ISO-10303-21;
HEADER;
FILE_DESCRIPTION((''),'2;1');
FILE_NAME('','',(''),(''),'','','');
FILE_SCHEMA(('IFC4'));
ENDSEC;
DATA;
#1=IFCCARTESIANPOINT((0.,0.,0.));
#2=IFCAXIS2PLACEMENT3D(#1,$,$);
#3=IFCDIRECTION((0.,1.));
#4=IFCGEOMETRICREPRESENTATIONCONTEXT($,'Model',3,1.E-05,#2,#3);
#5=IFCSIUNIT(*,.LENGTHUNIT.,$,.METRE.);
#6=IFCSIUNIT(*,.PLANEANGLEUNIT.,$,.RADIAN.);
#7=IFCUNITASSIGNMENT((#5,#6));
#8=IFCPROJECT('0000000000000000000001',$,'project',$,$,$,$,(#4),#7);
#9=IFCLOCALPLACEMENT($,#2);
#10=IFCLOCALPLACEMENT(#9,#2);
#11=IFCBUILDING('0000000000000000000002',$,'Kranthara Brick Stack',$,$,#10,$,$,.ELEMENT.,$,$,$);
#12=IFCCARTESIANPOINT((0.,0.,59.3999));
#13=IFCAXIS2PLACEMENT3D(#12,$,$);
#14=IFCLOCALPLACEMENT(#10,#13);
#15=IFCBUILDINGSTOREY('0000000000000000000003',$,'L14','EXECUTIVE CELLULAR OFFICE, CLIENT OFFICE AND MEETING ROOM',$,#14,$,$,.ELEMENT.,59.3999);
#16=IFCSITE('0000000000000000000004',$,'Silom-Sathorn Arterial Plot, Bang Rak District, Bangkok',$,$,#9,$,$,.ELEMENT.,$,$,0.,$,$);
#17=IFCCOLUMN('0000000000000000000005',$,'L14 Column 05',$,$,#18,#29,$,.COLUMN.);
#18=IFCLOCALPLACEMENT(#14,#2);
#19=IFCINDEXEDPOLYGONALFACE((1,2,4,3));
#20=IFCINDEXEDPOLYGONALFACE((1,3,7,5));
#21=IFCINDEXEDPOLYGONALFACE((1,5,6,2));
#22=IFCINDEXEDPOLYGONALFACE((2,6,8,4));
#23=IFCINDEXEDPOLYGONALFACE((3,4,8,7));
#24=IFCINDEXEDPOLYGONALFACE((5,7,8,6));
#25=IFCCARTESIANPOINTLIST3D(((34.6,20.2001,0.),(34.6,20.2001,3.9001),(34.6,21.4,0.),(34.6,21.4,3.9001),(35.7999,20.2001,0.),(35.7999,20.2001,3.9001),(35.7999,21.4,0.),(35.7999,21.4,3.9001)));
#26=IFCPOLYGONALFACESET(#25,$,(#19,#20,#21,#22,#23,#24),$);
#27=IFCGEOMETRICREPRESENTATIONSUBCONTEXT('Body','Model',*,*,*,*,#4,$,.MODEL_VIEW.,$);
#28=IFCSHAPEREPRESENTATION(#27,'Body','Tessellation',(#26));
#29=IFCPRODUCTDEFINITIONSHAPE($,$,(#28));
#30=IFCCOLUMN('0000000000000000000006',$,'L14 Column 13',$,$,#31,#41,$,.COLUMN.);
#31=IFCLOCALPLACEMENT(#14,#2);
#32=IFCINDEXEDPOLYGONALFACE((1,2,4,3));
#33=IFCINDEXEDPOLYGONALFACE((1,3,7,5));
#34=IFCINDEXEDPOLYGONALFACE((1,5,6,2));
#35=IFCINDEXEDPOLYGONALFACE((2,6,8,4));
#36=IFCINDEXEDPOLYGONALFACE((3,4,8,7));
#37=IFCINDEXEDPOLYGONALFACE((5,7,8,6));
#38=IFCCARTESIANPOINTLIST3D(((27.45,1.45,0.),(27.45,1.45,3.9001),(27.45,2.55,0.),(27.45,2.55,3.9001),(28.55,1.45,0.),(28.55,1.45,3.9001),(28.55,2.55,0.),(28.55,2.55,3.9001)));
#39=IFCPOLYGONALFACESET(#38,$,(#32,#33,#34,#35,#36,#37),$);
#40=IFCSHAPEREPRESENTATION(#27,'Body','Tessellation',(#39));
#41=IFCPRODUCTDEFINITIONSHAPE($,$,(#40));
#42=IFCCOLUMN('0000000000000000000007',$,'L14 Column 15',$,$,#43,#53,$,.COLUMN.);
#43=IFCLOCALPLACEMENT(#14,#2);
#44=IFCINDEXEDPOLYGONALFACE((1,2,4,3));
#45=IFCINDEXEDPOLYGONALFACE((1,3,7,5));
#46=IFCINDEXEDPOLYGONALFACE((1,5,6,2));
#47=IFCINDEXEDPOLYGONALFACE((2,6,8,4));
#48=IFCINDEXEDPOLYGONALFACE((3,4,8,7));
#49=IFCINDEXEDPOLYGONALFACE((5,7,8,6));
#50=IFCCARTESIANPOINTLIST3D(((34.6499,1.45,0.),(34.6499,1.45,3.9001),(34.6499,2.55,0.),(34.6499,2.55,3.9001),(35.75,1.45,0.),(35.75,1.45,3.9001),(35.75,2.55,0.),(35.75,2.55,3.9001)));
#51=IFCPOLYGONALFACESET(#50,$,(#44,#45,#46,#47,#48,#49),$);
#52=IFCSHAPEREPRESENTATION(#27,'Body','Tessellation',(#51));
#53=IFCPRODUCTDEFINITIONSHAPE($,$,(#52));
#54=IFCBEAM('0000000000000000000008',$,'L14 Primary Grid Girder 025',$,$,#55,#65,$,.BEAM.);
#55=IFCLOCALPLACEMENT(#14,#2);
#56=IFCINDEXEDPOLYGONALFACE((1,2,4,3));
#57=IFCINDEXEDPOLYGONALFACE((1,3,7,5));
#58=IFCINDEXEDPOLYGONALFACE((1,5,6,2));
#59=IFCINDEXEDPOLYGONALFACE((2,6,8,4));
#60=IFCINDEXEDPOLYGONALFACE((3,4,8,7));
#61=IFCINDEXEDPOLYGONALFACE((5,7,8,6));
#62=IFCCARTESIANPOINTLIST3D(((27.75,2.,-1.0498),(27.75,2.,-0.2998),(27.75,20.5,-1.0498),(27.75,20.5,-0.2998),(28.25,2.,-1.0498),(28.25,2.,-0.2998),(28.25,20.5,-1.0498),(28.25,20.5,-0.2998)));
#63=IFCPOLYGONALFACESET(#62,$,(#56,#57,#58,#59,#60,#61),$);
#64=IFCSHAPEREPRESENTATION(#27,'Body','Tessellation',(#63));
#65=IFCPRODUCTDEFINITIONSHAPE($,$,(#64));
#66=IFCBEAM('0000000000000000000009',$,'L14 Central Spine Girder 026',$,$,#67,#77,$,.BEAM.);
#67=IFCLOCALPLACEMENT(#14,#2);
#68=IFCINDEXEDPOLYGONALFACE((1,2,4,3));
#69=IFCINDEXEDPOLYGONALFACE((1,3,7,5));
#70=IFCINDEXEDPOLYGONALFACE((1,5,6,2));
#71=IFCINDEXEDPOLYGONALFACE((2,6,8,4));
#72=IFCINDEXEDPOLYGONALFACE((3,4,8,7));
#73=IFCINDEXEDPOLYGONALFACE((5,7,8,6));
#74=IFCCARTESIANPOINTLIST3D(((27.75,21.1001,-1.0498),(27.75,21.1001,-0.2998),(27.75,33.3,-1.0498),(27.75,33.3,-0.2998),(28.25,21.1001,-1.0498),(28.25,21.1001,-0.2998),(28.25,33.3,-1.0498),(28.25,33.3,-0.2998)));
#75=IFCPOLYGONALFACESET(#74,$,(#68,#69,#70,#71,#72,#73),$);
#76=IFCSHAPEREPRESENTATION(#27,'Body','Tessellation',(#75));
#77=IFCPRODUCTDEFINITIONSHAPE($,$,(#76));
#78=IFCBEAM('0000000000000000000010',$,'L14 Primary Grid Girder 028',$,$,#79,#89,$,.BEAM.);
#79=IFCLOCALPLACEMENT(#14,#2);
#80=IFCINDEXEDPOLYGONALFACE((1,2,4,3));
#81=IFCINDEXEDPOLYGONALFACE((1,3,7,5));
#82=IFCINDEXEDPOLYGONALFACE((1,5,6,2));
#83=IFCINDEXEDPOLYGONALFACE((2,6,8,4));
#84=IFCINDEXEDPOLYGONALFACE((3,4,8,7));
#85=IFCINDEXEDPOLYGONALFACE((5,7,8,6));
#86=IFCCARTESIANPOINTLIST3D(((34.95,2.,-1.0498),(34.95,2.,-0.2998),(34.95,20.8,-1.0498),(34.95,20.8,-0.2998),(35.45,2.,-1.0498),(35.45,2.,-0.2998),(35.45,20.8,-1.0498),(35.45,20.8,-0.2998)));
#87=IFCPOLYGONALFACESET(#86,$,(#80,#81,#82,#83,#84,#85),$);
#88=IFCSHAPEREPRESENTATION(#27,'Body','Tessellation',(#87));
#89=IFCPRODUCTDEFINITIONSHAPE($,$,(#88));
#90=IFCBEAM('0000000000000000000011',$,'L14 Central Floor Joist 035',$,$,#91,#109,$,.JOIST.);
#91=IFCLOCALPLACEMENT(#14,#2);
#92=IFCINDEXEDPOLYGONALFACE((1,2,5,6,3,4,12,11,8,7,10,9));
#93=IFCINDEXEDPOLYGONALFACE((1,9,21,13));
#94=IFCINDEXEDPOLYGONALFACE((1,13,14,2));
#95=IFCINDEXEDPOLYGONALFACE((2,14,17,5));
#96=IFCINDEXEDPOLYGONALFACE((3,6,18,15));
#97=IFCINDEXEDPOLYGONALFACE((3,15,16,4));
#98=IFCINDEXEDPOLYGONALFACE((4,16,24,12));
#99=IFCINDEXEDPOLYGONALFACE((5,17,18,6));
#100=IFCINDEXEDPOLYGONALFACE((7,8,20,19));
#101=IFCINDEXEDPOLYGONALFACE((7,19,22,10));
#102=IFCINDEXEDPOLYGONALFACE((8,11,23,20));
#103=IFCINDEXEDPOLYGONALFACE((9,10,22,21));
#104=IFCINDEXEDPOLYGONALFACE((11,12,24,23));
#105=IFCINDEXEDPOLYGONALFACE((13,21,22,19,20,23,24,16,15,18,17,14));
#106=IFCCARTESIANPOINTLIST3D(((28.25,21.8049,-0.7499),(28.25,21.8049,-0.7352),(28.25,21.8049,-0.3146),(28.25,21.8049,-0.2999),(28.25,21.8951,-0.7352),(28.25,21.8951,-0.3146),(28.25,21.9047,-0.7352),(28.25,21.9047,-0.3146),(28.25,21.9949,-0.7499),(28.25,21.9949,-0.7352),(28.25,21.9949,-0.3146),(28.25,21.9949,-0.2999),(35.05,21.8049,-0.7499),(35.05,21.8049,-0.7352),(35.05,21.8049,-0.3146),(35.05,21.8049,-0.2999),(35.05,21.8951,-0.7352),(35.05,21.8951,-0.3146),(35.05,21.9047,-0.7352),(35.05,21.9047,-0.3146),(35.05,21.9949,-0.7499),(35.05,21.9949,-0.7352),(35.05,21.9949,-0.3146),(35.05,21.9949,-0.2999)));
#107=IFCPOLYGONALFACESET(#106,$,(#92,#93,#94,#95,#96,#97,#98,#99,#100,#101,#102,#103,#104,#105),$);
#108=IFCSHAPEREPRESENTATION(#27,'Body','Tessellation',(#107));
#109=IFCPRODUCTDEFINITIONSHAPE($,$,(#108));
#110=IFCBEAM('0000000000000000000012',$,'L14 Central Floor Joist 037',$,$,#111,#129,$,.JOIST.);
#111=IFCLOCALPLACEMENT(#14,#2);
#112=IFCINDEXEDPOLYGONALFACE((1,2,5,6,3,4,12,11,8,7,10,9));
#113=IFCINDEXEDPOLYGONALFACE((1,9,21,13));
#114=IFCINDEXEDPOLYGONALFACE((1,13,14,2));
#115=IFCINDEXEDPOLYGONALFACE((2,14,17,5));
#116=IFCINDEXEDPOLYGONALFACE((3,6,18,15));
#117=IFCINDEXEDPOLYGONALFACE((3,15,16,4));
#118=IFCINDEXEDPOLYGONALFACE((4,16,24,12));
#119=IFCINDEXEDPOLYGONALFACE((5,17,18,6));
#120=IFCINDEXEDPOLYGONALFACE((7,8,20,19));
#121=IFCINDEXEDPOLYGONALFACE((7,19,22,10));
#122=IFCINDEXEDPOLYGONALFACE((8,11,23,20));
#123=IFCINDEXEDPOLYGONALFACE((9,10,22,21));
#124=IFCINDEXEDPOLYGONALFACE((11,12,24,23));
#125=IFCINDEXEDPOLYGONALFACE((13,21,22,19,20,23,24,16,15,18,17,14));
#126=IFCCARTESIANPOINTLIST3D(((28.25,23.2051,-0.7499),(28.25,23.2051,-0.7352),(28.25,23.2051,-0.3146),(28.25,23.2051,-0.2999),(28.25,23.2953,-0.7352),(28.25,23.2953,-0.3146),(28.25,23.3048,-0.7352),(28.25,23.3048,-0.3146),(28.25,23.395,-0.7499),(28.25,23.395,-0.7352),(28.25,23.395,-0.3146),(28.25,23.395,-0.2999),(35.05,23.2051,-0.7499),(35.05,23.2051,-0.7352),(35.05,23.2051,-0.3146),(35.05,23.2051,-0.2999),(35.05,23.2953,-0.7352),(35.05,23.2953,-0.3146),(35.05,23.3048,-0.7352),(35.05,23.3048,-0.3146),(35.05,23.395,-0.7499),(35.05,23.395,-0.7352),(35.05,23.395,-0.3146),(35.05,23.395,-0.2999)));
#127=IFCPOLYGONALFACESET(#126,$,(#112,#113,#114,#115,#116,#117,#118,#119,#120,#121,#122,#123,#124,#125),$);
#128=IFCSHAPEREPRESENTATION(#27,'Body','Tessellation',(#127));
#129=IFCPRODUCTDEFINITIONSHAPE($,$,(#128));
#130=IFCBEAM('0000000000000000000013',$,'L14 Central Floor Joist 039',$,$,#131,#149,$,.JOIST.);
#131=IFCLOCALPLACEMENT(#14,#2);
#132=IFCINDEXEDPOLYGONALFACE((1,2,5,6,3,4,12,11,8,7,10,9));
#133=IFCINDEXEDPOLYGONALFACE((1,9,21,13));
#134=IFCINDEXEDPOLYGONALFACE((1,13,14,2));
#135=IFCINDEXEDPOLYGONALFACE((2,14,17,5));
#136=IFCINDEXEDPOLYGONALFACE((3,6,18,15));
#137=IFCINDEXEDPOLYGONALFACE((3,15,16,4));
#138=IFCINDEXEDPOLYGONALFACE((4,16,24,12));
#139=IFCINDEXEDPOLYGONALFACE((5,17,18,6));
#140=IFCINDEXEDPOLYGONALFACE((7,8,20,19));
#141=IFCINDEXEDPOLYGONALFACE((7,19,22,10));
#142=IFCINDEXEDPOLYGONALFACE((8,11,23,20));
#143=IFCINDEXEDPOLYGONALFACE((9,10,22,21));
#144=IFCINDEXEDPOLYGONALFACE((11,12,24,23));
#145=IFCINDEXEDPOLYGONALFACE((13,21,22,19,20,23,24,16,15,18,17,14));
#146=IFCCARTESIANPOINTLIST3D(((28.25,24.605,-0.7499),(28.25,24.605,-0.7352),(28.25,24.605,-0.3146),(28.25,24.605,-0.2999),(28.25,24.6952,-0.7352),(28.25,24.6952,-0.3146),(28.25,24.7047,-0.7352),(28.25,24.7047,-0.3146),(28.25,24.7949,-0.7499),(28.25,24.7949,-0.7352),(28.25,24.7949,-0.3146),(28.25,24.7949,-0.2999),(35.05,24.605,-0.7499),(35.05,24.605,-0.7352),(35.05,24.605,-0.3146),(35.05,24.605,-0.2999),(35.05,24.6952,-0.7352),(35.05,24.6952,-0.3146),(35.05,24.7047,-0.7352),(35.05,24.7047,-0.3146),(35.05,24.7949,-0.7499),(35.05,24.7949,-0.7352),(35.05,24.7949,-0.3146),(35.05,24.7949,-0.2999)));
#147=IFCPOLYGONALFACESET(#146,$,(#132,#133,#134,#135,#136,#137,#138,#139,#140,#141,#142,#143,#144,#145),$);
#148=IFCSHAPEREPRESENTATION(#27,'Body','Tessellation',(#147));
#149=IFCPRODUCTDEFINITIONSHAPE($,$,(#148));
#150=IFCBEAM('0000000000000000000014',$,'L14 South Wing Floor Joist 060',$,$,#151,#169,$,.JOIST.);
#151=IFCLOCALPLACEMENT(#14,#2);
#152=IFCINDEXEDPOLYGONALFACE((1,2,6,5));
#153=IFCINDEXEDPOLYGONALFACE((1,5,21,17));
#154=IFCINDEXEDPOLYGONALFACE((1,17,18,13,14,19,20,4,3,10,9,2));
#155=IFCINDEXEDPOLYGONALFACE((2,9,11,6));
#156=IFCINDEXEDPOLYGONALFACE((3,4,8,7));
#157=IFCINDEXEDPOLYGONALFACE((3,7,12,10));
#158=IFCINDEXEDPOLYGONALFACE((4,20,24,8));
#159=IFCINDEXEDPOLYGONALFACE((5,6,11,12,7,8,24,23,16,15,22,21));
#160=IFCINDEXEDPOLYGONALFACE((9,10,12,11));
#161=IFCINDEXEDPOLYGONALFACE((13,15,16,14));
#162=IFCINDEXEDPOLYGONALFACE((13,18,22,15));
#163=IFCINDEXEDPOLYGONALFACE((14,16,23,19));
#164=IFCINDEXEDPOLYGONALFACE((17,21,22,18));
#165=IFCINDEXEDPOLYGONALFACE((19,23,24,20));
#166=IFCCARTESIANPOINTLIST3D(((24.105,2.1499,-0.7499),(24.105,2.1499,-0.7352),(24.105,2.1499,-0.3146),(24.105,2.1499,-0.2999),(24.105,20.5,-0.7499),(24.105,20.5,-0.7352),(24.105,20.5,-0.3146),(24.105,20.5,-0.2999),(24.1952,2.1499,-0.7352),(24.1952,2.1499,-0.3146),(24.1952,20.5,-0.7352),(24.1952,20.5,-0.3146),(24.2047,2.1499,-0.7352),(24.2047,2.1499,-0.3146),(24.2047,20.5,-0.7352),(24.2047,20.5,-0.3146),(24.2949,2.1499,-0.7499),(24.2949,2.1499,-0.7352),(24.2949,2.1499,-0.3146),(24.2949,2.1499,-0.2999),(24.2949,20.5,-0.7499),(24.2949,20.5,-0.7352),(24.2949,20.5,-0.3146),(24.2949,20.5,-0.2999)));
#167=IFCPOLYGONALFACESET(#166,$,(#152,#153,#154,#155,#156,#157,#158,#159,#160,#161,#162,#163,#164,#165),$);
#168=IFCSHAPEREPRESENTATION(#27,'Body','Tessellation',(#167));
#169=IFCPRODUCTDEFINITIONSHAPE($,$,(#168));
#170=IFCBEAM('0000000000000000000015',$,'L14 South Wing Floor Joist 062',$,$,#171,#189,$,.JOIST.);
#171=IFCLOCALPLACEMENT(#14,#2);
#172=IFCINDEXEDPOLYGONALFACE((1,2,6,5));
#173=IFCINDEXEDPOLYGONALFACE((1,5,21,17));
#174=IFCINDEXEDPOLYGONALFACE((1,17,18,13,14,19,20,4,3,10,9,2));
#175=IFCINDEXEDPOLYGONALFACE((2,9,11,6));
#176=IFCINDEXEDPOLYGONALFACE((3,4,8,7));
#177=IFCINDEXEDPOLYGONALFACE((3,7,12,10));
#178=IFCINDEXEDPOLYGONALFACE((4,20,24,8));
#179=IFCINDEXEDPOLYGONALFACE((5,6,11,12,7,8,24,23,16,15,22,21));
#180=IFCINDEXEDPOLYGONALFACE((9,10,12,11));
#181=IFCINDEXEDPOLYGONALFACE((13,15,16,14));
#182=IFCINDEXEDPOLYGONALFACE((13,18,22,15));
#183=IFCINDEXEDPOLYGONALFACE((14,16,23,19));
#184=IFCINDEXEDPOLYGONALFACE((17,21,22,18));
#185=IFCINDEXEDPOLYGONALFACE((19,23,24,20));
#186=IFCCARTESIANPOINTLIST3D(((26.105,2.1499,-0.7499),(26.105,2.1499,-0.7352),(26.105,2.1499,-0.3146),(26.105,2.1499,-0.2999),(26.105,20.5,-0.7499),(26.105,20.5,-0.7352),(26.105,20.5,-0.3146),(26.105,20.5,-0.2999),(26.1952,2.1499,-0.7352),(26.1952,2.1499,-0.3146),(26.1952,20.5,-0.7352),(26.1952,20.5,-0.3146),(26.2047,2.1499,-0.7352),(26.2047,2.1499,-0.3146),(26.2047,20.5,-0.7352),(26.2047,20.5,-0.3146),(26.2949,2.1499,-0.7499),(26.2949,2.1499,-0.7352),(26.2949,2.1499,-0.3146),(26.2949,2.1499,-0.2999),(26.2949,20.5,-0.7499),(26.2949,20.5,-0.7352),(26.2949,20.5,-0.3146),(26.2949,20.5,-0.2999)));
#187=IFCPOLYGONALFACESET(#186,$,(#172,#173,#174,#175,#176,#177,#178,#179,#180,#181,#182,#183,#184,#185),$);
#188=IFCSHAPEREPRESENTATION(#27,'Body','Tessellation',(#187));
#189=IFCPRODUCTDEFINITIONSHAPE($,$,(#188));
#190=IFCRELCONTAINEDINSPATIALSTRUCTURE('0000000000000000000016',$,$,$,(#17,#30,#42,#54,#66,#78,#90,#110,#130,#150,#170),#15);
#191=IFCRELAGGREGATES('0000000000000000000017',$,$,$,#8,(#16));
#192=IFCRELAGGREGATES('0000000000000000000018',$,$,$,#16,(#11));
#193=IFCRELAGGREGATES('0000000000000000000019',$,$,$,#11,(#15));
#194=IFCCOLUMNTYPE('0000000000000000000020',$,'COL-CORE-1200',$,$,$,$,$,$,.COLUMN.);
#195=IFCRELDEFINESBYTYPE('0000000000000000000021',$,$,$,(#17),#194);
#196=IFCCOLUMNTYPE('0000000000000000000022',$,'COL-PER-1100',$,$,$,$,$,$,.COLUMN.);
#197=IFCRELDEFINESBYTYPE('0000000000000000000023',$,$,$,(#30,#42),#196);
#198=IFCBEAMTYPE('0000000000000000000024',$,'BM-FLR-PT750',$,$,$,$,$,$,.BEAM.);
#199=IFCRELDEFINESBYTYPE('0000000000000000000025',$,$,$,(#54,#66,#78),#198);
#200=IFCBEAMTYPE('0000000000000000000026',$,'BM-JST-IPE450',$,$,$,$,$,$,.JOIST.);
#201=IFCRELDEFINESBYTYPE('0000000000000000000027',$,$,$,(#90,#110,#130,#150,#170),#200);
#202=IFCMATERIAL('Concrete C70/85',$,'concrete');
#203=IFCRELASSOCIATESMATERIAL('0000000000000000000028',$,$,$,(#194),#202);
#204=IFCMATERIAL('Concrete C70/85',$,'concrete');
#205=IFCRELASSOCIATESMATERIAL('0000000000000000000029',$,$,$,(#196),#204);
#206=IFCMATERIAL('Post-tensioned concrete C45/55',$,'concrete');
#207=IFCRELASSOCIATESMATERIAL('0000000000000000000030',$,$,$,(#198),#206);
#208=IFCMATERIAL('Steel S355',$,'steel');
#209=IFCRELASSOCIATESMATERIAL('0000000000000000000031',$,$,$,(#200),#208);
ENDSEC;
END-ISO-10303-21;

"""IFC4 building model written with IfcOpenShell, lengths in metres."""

from ifc_helpers import new_model, si_unit, direction, frame, origin, origin_2d, place, context, subcontext, project, spatial, rectangle, i_section, extrude, material, material_profile, profile_set, type_object, element, save


model = new_model("IFC4")

# Units and contexts
model_context = context("Model", 3, precision=1e-05, world=origin(), true_north=direction((0.0, 1.0)))
body_context = subcontext(model_context, "Body", "Model", "MODEL_VIEW")
ifc_project = project(units=[si_unit("LENGTHUNIT", "METRE"), si_unit("PLANEANGLEUNIT", "RADIAN")], contexts=[model_context])

# Site, building, storey
site_placement = place(None, origin())
site = spatial("IfcSite", under=ifc_project, at=site_placement, Name="Silom-Sathorn Arterial Plot, Bang Rak District, Bangkok", CompositionType="ELEMENT", RefElevation=0.0)
building_placement = place(site_placement, origin())
building = spatial("IfcBuilding", under=site, at=building_placement, Name="Kranthara Brick Stack", CompositionType="ELEMENT")
storey_placement = place(building_placement, frame((0.0, 0.0, 59.3999)))
storey = spatial("IfcBuildingStorey", under=building, at=storey_placement, Name="L14", Description="EXECUTIVE CELLULAR OFFICE, CLIENT OFFICE AND MEETING ROOM", CompositionType="ELEMENT", Elevation=59.3999)

# Columns
ifc_material_1 = material(Name="Concrete C70/85", Category="concrete")
ifc_material_profile_1 = material_profile(ifc_material_1, rectangle(XDim=1.2, YDim=1.2, at=origin_2d()), Name="RC 1200x1200")
ifc_profile_set_1 = profile_set([ifc_material_profile_1], Name="Concrete C70/85")
column_type_1 = type_object("IfcColumnType", Name="COL-CORE-1200", PredefinedType="COLUMN", material=ifc_profile_set_1)
column_placement = place(storey_placement, frame((35.2, 20.8, 0.0), z_axis=(0.0, 0.0, 1.0), x_axis=(1.0, 0.0, 0.0)))
element("IfcColumn", 1, at=column_placement, inside=storey, type_object=column_type_1, Name="L14 Column 05", PredefinedType="COLUMN", context=body_context, shape_type="SweptSolid", body=[
    extrude(rectangle(XDim=1.2, YDim=1.2, at=origin_2d()), origin(), (0.0, 0.0, 1.0), 3.9001),
])
ifc_material_2 = material(Name="Concrete C70/85", Category="concrete")
ifc_material_profile_2 = material_profile(ifc_material_2, rectangle(XDim=1.1001, YDim=1.1001, at=origin_2d()), Name="RC 1100x1100")
ifc_profile_set_2 = profile_set([ifc_material_profile_2], Name="Concrete C70/85")
column_type_2 = type_object("IfcColumnType", Name="COL-PER-1100", PredefinedType="COLUMN", material=ifc_profile_set_2)
for number, where, z_axis, x_axis, name in (
    (2, (28.0, 2.0, 0.0), (0.0, 0.0, 1.0), (1.0, 0.0, 0.0), "L14 Column 13"),
    (3, (35.2, 2.0, 0.0), (0.0, 0.0, 1.0), (1.0, 0.0, 0.0), "L14 Column 15"),
):
    element("IfcColumn", number, at=place(storey_placement, frame(where, z_axis=z_axis, x_axis=x_axis)), inside=storey, type_object=column_type_2, Name=name, PredefinedType="COLUMN", context=body_context, shape_type="SweptSolid", body=[
        extrude(rectangle(XDim=1.1001, YDim=1.1001, at=origin_2d()), origin(), (0.0, 0.0, 1.0), 3.9001),
    ])

# Beams
ifc_material_3 = material(Name="Post-tensioned concrete C45/55", Category="concrete")
ifc_material_profile_3 = material_profile(ifc_material_3, rectangle(XDim=0.5, YDim=0.75, at=origin_2d()), Name="PT 500x750")
ifc_profile_set_3 = profile_set([ifc_material_profile_3], Name="Post-tensioned concrete C45/55")
beam_type_1 = type_object("IfcBeamType", Name="BM-FLR-PT750", PredefinedType="BEAM", material=ifc_profile_set_3)
beam_1_placement = place(storey_placement, frame((28.0, 2.0, -0.6748), z_axis=(0.0, 1.0, 0.0), x_axis=(-1.0, 0.0, 0.0)))
element("IfcBeam", 4, at=beam_1_placement, inside=storey, type_object=beam_type_1, Name="L14 Primary Grid Girder 025", PredefinedType="BEAM", context=body_context, shape_type="SweptSolid", body=[
    extrude(rectangle(XDim=0.5, YDim=0.75, at=origin_2d()), origin(), (0.0, 0.0, 1.0), 18.5),
])
beam_2_placement = place(storey_placement, frame((28.0, 21.1001, -0.6748), z_axis=(0.0, 1.0, 0.0), x_axis=(-1.0, 0.0, 0.0)))
element("IfcBeam", 5, at=beam_2_placement, inside=storey, type_object=beam_type_1, Name="L14 Central Spine Girder 026", PredefinedType="BEAM", context=body_context, shape_type="SweptSolid", body=[
    extrude(rectangle(XDim=0.5, YDim=0.75, at=origin_2d()), origin(), (0.0, 0.0, 1.0), 12.2),
])
beam_3_placement = place(storey_placement, frame((35.2, 2.0, -0.6748), z_axis=(0.0, 1.0, 0.0), x_axis=(-1.0, 0.0, 0.0)))
element("IfcBeam", 6, at=beam_3_placement, inside=storey, type_object=beam_type_1, Name="L14 Primary Grid Girder 028", PredefinedType="BEAM", context=body_context, shape_type="SweptSolid", body=[
    extrude(rectangle(XDim=0.5, YDim=0.75, at=origin_2d()), origin(), (0.0, 0.0, 1.0), 18.8),
])
ifc_material_4 = material(Name="Steel S355", Category="steel")
ifc_material_profile_4 = material_profile(ifc_material_4, i_section(OverallWidth=0.1899, OverallDepth=0.45, WebThickness=0.0095, FlangeThickness=0.0146, at=origin_2d()), Name="IPE 450")
ifc_profile_set_4 = profile_set([ifc_material_profile_4], Name="Steel S355")
beam_type_2 = type_object("IfcBeamType", Name="BM-JST-IPE450", PredefinedType="JOIST", material=ifc_profile_set_4)
for number, where, z_axis, x_axis, name in (
    (7, (28.25, 21.8999, -0.5249), (1.0, 0.0, 0.0), (0.0, 1.0, 0.0), "L14 Central Floor Joist 035"),
    (8, (28.25, 23.3, -0.5249), (1.0, 0.0, 0.0), (0.0, 1.0, 0.0), "L14 Central Floor Joist 037"),
    (9, (28.25, 24.7, -0.5249), (1.0, 0.0, 0.0), (0.0, 1.0, 0.0), "L14 Central Floor Joist 039"),
):
    element("IfcBeam", number, at=place(storey_placement, frame(where, z_axis=z_axis, x_axis=x_axis)), inside=storey, type_object=beam_type_2, Name=name, PredefinedType="JOIST", context=body_context, shape_type="SweptSolid", body=[
        extrude(i_section(OverallWidth=0.1899, OverallDepth=0.45, WebThickness=0.0095, FlangeThickness=0.0146, at=origin_2d()), origin(), (0.0, 0.0, 1.0), 6.8),
    ])
for number, where, z_axis, x_axis, name in (
    (10, (24.2, 2.1499, -0.5249), (0.0, 1.0, 0.0), (-1.0, 0.0, 0.0), "L14 South Wing Floor Joist 060"),
    (11, (26.2, 2.1499, -0.5249), (0.0, 1.0, 0.0), (-1.0, 0.0, 0.0), "L14 South Wing Floor Joist 062"),
):
    element("IfcBeam", number, at=place(storey_placement, frame(where, z_axis=z_axis, x_axis=x_axis)), inside=storey, type_object=beam_type_2, Name=name, PredefinedType="JOIST", context=body_context, shape_type="SweptSolid", body=[
        extrude(i_section(OverallWidth=0.1899, OverallDepth=0.45, WebThickness=0.0095, FlangeThickness=0.0146, at=origin_2d()), origin(), (0.0, 0.0, 1.0), 18.3501),
    ])

save(model, "model.ifc")
